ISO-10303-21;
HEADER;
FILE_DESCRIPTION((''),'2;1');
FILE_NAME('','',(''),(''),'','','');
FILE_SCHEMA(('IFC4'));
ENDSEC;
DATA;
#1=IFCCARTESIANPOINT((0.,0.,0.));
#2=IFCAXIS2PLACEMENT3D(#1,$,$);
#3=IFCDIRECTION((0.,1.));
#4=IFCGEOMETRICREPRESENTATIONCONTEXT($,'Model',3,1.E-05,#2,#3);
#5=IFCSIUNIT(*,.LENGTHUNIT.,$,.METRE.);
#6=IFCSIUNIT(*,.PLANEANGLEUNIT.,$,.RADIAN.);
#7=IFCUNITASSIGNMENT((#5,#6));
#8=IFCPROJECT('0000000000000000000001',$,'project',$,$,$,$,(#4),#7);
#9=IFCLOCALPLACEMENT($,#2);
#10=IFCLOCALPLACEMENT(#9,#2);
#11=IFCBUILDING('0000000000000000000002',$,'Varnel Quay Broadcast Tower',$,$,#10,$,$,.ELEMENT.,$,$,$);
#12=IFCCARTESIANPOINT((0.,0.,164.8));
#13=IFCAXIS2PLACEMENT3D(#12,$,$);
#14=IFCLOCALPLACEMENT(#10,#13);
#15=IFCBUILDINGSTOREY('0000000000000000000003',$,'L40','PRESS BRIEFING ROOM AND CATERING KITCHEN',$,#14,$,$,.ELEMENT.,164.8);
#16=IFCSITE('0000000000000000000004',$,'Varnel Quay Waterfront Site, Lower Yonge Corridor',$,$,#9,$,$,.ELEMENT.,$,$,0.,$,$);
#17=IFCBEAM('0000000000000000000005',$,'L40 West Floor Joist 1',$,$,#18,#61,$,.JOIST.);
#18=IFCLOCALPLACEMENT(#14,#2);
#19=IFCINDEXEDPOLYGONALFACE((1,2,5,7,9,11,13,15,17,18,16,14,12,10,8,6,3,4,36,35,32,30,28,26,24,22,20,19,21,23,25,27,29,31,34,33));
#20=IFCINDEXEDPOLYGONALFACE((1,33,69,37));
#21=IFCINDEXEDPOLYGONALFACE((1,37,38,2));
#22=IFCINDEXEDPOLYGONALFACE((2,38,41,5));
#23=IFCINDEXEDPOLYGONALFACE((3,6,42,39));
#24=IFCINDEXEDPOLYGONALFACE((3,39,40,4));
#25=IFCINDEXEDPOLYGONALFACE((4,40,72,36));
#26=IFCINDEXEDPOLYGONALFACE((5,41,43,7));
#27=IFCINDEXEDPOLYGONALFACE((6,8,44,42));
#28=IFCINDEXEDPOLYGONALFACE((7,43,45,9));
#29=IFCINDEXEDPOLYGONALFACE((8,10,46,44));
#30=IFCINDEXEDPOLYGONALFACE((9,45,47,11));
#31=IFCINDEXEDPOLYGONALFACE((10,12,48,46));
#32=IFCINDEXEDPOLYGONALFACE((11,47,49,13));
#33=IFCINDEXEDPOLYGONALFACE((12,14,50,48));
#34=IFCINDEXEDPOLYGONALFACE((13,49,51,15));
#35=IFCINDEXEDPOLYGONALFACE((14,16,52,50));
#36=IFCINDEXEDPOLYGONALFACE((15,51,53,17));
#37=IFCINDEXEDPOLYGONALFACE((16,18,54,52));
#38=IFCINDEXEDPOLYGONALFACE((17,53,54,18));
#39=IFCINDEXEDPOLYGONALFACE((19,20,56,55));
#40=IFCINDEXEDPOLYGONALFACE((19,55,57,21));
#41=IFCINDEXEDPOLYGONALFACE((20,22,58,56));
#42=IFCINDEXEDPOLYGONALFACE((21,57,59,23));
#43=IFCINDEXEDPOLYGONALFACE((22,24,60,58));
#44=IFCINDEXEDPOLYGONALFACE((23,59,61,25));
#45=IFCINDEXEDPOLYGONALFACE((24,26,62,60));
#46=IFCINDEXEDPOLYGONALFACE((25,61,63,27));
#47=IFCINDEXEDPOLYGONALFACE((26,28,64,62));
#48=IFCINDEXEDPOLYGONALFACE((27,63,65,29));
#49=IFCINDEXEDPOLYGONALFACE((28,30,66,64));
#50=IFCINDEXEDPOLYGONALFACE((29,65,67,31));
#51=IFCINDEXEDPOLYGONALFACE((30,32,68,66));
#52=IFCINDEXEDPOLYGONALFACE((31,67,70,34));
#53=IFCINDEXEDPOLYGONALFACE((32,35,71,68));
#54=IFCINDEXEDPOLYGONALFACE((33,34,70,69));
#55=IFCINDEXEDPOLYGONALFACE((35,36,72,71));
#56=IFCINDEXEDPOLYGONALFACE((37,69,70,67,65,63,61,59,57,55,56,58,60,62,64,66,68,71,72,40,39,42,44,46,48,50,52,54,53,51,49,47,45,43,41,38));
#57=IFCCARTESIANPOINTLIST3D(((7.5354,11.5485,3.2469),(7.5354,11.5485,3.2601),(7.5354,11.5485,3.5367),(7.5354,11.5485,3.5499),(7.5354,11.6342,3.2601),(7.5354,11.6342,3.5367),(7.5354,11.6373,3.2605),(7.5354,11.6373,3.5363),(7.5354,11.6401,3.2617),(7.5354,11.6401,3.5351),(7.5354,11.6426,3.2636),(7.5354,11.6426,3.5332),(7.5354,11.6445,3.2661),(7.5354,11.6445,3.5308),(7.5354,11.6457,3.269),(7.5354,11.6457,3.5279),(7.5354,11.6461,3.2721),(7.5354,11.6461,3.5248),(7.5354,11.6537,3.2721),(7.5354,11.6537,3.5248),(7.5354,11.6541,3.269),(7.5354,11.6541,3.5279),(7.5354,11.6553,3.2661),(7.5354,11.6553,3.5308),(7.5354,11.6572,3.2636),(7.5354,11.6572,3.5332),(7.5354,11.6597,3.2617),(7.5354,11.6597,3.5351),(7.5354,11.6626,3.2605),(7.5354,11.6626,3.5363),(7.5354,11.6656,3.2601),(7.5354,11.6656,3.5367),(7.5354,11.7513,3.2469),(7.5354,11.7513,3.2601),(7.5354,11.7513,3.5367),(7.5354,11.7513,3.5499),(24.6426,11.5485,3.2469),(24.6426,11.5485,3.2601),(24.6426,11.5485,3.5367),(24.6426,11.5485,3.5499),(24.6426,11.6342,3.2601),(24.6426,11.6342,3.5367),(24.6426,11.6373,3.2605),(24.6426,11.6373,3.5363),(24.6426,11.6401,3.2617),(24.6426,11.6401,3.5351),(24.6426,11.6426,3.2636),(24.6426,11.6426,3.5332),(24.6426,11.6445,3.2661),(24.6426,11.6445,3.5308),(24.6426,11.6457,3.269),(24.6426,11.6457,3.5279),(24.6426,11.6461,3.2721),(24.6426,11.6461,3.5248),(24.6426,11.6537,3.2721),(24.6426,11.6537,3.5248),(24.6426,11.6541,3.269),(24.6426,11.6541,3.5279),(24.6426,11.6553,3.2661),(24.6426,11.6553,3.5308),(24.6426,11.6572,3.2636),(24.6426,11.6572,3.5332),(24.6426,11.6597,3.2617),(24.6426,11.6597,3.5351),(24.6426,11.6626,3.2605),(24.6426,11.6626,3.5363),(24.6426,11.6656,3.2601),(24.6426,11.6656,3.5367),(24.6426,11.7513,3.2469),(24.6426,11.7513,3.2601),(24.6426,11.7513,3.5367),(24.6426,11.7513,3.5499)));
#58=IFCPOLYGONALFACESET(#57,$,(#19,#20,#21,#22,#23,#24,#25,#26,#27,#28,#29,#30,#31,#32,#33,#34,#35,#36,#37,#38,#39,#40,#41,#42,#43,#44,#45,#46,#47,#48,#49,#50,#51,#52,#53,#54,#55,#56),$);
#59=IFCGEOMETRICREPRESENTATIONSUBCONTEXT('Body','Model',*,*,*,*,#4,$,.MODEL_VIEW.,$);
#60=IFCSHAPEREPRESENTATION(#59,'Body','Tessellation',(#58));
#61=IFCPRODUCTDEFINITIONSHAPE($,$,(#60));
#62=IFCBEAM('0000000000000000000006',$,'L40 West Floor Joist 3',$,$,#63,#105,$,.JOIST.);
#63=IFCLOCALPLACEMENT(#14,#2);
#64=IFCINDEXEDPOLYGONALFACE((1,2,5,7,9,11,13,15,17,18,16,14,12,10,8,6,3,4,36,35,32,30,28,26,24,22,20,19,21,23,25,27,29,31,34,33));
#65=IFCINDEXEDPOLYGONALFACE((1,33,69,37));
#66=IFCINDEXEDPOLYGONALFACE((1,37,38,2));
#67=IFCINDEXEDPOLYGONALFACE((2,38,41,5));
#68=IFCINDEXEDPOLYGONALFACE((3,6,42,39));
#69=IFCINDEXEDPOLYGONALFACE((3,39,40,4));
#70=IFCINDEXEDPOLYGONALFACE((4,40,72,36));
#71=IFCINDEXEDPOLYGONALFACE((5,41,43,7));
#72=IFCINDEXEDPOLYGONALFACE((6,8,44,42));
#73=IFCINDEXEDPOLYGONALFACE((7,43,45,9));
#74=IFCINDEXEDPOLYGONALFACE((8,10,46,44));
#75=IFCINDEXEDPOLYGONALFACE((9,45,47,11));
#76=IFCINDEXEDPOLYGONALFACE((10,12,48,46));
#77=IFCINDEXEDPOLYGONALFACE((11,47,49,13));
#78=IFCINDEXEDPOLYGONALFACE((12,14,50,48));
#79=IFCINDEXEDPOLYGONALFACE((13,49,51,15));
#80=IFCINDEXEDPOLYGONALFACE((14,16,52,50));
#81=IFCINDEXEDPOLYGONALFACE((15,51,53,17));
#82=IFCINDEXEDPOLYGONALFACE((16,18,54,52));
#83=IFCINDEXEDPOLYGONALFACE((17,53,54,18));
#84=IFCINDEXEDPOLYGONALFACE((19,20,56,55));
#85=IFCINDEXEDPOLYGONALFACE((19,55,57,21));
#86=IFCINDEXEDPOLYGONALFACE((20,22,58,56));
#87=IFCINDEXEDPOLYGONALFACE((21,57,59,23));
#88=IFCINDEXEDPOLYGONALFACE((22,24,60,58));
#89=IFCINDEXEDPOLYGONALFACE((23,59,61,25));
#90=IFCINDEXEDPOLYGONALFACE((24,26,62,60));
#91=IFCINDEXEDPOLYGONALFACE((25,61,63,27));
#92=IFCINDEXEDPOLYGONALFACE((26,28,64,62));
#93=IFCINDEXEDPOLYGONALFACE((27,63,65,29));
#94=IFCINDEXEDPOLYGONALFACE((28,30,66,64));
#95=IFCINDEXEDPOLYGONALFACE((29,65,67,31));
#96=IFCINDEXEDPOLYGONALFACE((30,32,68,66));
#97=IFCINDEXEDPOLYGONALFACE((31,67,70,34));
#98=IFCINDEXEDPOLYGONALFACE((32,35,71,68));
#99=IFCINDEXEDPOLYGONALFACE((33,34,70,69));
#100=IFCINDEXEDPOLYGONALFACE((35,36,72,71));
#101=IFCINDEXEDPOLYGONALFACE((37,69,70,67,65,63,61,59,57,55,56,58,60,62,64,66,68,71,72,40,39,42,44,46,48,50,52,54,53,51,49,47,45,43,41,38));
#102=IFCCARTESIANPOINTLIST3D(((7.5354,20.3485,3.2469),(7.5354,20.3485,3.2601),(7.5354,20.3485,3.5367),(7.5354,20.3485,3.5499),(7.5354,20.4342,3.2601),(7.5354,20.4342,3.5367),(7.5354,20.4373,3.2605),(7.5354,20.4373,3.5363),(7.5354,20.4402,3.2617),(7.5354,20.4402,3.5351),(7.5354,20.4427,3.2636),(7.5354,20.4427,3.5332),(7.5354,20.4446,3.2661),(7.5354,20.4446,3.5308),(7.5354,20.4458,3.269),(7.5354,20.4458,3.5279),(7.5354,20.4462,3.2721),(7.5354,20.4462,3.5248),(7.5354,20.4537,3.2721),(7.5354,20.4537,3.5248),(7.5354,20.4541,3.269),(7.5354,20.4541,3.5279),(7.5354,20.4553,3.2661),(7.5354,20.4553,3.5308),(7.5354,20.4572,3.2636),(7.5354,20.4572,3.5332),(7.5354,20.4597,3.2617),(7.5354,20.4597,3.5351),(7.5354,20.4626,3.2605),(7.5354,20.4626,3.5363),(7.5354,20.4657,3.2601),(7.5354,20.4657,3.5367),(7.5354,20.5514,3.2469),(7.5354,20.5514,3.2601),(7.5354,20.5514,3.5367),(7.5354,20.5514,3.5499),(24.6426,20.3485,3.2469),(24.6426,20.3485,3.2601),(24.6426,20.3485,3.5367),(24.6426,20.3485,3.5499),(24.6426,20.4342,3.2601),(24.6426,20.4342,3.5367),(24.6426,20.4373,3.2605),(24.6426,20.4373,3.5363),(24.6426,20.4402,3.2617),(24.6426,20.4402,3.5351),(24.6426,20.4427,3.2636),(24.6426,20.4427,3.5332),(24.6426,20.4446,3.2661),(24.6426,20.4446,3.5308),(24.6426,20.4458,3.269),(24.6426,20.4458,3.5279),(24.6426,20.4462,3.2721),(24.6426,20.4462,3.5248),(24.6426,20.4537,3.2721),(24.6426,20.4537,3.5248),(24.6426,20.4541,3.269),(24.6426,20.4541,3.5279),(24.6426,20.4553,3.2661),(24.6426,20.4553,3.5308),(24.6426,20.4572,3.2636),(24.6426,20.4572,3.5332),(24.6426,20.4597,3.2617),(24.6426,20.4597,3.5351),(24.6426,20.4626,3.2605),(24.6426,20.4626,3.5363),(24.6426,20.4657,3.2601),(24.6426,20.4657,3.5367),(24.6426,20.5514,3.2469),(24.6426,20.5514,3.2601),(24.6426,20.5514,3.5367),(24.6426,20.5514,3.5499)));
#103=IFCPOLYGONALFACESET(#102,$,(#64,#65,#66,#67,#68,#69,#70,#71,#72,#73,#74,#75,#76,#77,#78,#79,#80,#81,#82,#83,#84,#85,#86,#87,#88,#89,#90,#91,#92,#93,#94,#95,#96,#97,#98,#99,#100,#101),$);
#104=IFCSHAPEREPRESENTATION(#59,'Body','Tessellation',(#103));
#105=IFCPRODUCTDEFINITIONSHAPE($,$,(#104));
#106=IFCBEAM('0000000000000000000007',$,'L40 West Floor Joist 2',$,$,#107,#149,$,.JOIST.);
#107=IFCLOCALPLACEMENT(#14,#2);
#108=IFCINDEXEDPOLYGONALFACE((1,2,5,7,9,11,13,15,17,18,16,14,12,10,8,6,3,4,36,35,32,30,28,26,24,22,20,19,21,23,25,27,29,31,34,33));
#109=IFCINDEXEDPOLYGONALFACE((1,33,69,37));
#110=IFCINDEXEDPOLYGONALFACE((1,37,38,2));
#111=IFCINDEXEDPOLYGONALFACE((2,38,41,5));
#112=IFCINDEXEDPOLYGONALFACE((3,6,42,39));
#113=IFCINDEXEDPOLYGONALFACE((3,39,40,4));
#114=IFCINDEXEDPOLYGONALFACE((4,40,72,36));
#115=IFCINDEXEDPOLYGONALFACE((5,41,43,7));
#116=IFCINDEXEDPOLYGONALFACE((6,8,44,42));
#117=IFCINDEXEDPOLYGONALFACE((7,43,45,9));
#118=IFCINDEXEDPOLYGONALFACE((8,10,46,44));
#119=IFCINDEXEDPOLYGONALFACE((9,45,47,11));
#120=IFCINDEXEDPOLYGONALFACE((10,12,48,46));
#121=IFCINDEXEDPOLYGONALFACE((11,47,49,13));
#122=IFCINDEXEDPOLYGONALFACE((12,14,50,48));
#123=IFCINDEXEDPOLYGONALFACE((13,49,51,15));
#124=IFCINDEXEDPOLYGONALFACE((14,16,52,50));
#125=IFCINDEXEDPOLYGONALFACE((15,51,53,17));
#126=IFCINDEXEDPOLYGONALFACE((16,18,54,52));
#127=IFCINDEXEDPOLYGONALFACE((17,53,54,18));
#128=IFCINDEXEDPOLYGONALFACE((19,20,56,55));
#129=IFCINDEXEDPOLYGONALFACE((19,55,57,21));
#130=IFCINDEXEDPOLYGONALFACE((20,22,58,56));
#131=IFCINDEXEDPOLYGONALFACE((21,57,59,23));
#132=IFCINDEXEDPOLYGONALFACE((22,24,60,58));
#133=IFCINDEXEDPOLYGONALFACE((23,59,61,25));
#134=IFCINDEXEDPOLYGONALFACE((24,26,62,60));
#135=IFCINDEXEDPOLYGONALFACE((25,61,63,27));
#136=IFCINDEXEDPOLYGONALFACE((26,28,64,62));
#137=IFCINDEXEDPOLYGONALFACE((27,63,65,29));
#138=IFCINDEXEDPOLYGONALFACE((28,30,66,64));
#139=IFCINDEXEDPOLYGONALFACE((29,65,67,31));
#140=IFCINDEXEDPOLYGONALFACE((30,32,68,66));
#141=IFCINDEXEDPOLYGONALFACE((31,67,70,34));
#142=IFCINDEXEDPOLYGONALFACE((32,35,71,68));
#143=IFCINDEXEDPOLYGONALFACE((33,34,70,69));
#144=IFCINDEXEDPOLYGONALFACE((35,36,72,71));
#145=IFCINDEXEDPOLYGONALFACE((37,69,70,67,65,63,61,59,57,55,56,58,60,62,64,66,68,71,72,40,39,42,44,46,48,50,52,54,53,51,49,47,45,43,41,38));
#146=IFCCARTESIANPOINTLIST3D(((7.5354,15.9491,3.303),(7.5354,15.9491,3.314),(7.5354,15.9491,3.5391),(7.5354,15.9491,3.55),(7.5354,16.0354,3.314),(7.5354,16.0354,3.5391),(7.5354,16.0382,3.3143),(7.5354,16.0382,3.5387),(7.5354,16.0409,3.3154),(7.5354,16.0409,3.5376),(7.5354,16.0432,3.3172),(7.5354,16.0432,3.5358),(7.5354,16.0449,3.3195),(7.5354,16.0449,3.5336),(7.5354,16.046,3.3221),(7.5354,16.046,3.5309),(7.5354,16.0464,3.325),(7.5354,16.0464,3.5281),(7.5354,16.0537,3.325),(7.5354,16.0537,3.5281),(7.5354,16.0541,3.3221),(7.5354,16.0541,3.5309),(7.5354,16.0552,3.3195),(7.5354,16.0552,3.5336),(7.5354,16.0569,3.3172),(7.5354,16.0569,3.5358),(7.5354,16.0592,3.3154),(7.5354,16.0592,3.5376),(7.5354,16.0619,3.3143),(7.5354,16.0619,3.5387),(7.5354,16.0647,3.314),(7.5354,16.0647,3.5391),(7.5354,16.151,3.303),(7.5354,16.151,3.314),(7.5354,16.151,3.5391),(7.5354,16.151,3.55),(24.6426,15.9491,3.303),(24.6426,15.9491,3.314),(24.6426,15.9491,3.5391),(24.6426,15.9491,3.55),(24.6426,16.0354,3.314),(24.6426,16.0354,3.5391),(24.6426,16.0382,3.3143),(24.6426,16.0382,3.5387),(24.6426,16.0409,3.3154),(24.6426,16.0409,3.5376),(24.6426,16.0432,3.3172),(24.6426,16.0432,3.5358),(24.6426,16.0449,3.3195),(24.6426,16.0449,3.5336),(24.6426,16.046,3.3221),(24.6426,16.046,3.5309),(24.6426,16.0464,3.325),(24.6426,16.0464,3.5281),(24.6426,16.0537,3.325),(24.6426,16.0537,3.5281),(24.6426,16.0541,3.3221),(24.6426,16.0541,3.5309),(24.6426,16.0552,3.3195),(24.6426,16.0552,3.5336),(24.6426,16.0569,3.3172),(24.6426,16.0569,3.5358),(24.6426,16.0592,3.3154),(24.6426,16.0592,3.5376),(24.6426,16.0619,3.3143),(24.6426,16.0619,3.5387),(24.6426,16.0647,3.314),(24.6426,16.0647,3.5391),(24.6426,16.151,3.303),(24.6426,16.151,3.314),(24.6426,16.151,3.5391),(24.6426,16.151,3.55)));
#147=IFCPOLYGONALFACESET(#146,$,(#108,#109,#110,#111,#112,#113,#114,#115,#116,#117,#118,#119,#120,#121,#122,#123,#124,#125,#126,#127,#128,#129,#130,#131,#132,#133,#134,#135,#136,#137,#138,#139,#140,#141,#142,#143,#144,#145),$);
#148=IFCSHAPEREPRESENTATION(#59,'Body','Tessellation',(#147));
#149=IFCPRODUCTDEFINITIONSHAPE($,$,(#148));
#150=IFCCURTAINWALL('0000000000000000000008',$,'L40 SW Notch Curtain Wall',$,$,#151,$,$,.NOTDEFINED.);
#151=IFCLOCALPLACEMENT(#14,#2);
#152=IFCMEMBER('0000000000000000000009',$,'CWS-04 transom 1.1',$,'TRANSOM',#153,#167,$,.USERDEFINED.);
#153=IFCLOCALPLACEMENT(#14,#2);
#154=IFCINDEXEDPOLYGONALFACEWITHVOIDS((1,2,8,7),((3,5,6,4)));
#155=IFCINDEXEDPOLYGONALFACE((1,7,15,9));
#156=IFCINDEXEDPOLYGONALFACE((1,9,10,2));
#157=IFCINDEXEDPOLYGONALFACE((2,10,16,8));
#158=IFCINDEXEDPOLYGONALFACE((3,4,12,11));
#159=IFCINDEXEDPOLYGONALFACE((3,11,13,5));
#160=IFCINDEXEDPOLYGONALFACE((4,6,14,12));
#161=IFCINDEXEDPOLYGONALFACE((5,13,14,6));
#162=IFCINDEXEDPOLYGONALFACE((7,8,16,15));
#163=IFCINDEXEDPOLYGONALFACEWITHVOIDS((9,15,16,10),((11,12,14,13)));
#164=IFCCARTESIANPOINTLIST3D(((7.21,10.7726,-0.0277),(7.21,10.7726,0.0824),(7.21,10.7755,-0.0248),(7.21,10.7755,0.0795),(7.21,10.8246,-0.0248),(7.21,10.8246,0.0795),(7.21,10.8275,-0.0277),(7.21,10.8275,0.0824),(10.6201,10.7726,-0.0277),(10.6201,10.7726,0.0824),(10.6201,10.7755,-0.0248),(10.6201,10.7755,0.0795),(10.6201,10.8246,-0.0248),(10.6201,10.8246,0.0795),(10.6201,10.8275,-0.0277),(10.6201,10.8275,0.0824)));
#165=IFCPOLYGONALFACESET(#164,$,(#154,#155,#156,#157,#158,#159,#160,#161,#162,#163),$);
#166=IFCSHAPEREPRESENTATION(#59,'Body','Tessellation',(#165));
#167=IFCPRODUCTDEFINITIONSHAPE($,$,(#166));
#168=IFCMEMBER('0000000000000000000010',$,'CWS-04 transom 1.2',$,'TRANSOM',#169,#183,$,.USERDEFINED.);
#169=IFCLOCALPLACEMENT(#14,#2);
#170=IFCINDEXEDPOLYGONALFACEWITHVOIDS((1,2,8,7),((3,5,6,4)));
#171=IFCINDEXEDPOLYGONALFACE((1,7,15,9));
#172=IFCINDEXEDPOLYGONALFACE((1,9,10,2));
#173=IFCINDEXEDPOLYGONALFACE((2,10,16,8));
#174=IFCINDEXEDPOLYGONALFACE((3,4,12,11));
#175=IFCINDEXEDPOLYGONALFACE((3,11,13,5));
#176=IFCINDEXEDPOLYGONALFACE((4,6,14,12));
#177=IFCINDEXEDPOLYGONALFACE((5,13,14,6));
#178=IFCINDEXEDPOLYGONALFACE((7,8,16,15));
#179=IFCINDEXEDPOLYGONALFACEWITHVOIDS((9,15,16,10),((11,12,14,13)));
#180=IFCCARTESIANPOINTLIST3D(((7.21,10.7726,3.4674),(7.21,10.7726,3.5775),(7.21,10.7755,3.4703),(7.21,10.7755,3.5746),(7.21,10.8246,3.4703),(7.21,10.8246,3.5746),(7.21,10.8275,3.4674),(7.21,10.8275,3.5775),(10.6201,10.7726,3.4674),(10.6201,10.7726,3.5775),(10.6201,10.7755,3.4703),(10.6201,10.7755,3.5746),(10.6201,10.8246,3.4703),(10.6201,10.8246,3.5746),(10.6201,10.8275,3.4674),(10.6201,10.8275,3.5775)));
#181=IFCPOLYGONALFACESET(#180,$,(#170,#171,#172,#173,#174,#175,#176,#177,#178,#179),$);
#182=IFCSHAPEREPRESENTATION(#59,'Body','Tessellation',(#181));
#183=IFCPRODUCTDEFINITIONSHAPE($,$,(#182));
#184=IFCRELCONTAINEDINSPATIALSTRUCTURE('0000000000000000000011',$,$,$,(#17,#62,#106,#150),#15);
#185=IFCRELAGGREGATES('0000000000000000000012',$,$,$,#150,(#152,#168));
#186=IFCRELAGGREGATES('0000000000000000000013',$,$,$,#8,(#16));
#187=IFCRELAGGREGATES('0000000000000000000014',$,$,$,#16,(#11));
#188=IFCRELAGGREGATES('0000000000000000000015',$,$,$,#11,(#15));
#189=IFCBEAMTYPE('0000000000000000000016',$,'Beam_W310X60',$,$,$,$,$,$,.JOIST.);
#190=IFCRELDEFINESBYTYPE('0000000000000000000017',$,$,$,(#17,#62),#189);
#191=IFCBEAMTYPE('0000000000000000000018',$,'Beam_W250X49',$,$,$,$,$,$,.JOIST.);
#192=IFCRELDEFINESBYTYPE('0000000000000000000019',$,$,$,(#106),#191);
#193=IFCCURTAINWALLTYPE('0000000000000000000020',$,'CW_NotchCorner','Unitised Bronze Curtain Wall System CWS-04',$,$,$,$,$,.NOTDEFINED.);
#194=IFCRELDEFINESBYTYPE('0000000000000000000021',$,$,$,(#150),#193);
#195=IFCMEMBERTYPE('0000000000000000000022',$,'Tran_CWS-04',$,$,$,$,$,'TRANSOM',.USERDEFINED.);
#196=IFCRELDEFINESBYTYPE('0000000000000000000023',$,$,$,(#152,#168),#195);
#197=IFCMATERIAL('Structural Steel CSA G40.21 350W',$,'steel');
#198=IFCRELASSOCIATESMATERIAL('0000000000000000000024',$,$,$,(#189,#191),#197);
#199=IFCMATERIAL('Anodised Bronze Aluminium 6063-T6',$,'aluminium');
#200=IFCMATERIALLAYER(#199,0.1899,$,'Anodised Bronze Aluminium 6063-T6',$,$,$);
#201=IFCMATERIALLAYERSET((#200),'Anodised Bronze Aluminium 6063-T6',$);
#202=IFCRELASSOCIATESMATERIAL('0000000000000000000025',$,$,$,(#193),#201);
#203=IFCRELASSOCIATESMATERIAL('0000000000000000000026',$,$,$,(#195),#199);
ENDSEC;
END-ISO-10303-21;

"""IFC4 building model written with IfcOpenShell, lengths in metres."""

from ifc_helpers import new_model, si_unit, direction, frame, origin, origin_2d, place, context, subcontext, project, spatial, hollow_rectangle, i_section, extrude, source, transform, mapped, material, layer, layer_set, material_profile, profile_set, type_object, type_shapes, element, aggregate, save


model = new_model("IFC4")

# Units and contexts
model_context = context("Model", 3, precision=1e-05, world=origin(), true_north=direction((0.0, 1.0)))
body_context = subcontext(model_context, "Body", "Model", "MODEL_VIEW")
ifc_project = project(units=[si_unit("LENGTHUNIT", "METRE"), si_unit("PLANEANGLEUNIT", "RADIAN")], contexts=[model_context])

# Site, building, storey
site_placement = place(None, origin())
site = spatial("IfcSite", under=ifc_project, at=site_placement, Name="Varnel Quay Waterfront Site, Lower Yonge Corridor", CompositionType="ELEMENT", RefElevation=0.0)
building_placement = place(site_placement, origin())
building = spatial("IfcBuilding", under=site, at=building_placement, Name="Varnel Quay Broadcast Tower", CompositionType="ELEMENT")
storey_placement = place(building_placement, frame((0.0, 0.0, 164.8)))
storey = spatial("IfcBuildingStorey", under=building, at=storey_placement, Name="L40", Description="PRESS BRIEFING ROOM AND CATERING KITCHEN", CompositionType="ELEMENT", Elevation=164.8)

# Shared definitions
ifc_material_1 = material(Name="Structural Steel CSA G40.21 350W", Category="steel")

# Beams
ifc_material_profile_1 = material_profile(ifc_material_1, i_section(OverallWidth=0.2029, OverallDepth=0.303, WebThickness=0.0076, FlangeThickness=0.0132, FilletRadius=0.012, at=origin_2d()), Name="W310X60")
ifc_profile_set_1 = profile_set([ifc_material_profile_1], Name="Structural Steel CSA G40.21 350W")
beam_type_1 = type_object("IfcBeamType", Name="Beam_W310X60", PredefinedType="JOIST", material=ifc_profile_set_1)
shared_shape_1 = source(origin(), body_context, "Body", "SweptSolid", [
    extrude(i_section(OverallWidth=0.2029, OverallDepth=0.303, WebThickness=0.0076, FlangeThickness=0.0132, FilletRadius=0.012, at=origin_2d()), origin(), (0.0, 0.0, 1.0), 17.1072),
])
type_shapes(beam_type_1, [shared_shape_1])
for number, where, z_axis, x_axis, name in (
    (1, (7.5354, 11.6499, 3.3984), (1.0, 0.0, 0.0), (0.0, 1.0, 0.0), "L40 West Floor Joist 1"),
    (2, (7.5354, 20.45, 3.3984), (1.0, 0.0, 0.0), (0.0, 1.0, 0.0), "L40 West Floor Joist 3"),
):
    element("IfcBeam", number, at=place(storey_placement, frame(where, z_axis=z_axis, x_axis=x_axis)), inside=storey, type_object=beam_type_1, Name=name, PredefinedType="JOIST", context=body_context, shape_type="MappedRepresentation", body=[
        mapped(shared_shape_1, transform((0.0, 0.0, 0.0), x_axis=(1.0, 0.0, 0.0), y_axis=(0.0, 1.0, 0.0), z_axis=(0.0, 0.0, 1.0), scale=1.0)),
    ])
ifc_material_profile_2 = material_profile(ifc_material_1, i_section(OverallWidth=0.2019, OverallDepth=0.2471, WebThickness=0.0073, FlangeThickness=0.011, FilletRadius=0.011, at=origin_2d()), Name="W250X49")
ifc_profile_set_2 = profile_set([ifc_material_profile_2], Name="Structural Steel CSA G40.21 350W")
beam_type_2 = type_object("IfcBeamType", Name="Beam_W250X49", PredefinedType="JOIST", material=ifc_profile_set_2)
shared_shape_2 = source(origin(), body_context, "Body", "SweptSolid", [
    extrude(i_section(OverallWidth=0.2019, OverallDepth=0.2471, WebThickness=0.0073, FlangeThickness=0.011, FilletRadius=0.011, at=origin_2d()), origin(), (0.0, 0.0, 1.0), 17.1072),
])
type_shapes(beam_type_2, [shared_shape_2])
beam_1_placement = place(storey_placement, frame((7.5354, 16.05, 3.4265), z_axis=(1.0, 0.0, 0.0), x_axis=(0.0, 1.0, 0.0)))
element("IfcBeam", 3, at=beam_1_placement, inside=storey, type_object=beam_type_2, Name="L40 West Floor Joist 2", PredefinedType="JOIST", context=body_context, shape_type="MappedRepresentation", body=[
    mapped(shared_shape_2, transform((0.0, 0.0, 0.0), x_axis=(1.0, 0.0, 0.0), y_axis=(0.0, 1.0, 0.0), z_axis=(0.0, 0.0, 1.0), scale=1.0)),
])

# Curtain wall, members
ifc_material_2 = material(Name="Anodised Bronze Aluminium 6063-T6", Category="aluminium")
ifc_layer_1 = layer(ifc_material_2, 0.1899, Name="Anodised Bronze Aluminium 6063-T6")
ifc_layer_set_1 = layer_set([ifc_layer_1], Name="Anodised Bronze Aluminium 6063-T6")
curtain_wall_type_1 = type_object("IfcCurtainWallType", Name="CW_NotchCorner", Description="Unitised Bronze Curtain Wall System CWS-04", PredefinedType="NOTDEFINED", material=ifc_layer_set_1)
curtain_wall_1_placement = place(storey_placement, origin())
curtain_wall_1 = element("IfcCurtainWall", 4, at=curtain_wall_1_placement, inside=storey, type_object=curtain_wall_type_1, Name="L40 SW Notch Curtain Wall", PredefinedType="NOTDEFINED")
ifc_material_profile_3 = material_profile(ifc_material_2, hollow_rectangle(XDim=0.0549, YDim=0.1101, WallThickness=0.0029, at=origin_2d()), Name="ALU55X110X3")
ifc_profile_set_3 = profile_set([ifc_material_profile_3], Name="Anodised Bronze Aluminium 6063-T6")
member_type_1 = type_object("IfcMemberType", Name="Tran_CWS-04", ElementType="TRANSOM", PredefinedType="USERDEFINED", material=ifc_profile_set_3)
shared_shape_3 = source(origin(), body_context, "Body", "SweptSolid", [
    extrude(hollow_rectangle(XDim=0.0549, YDim=0.1101, WallThickness=0.0029, at=origin_2d()), origin(), (0.0, 0.0, 1.0), 3.4102),
])
type_shapes(member_type_1, [shared_shape_3])
member_1_placement = place(storey_placement, frame((7.21, 10.8, 0.0273), z_axis=(1.0, 0.0, 0.0), x_axis=(0.0, 1.0, 0.0)))
member_1 = element("IfcMember", 5, at=member_1_placement, type_object=member_type_1, Name="CWS-04 transom 1.1", ObjectType="TRANSOM", PredefinedType="USERDEFINED", context=body_context, shape_type="MappedRepresentation", body=[
    mapped(shared_shape_3, transform((0.0, 0.0, 0.0), x_axis=(1.0, 0.0, 0.0), y_axis=(0.0, 1.0, 0.0), z_axis=(0.0, 0.0, 1.0), scale=1.0)),
])
member_2_placement = place(storey_placement, frame((7.21, 10.8, 3.5225), z_axis=(1.0, 0.0, 0.0), x_axis=(0.0, 1.0, 0.0)))
member_2 = element("IfcMember", 6, at=member_2_placement, type_object=member_type_1, Name="CWS-04 transom 1.2", ObjectType="TRANSOM", PredefinedType="USERDEFINED", context=body_context, shape_type="MappedRepresentation", body=[
    mapped(shared_shape_3, transform((0.0, 0.0, 0.0), x_axis=(1.0, 0.0, 0.0), y_axis=(0.0, 1.0, 0.0), z_axis=(0.0, 0.0, 1.0), scale=1.0)),
])

aggregate(curtain_wall_1, [member_1, member_2])

save(model, "model.ifc")
